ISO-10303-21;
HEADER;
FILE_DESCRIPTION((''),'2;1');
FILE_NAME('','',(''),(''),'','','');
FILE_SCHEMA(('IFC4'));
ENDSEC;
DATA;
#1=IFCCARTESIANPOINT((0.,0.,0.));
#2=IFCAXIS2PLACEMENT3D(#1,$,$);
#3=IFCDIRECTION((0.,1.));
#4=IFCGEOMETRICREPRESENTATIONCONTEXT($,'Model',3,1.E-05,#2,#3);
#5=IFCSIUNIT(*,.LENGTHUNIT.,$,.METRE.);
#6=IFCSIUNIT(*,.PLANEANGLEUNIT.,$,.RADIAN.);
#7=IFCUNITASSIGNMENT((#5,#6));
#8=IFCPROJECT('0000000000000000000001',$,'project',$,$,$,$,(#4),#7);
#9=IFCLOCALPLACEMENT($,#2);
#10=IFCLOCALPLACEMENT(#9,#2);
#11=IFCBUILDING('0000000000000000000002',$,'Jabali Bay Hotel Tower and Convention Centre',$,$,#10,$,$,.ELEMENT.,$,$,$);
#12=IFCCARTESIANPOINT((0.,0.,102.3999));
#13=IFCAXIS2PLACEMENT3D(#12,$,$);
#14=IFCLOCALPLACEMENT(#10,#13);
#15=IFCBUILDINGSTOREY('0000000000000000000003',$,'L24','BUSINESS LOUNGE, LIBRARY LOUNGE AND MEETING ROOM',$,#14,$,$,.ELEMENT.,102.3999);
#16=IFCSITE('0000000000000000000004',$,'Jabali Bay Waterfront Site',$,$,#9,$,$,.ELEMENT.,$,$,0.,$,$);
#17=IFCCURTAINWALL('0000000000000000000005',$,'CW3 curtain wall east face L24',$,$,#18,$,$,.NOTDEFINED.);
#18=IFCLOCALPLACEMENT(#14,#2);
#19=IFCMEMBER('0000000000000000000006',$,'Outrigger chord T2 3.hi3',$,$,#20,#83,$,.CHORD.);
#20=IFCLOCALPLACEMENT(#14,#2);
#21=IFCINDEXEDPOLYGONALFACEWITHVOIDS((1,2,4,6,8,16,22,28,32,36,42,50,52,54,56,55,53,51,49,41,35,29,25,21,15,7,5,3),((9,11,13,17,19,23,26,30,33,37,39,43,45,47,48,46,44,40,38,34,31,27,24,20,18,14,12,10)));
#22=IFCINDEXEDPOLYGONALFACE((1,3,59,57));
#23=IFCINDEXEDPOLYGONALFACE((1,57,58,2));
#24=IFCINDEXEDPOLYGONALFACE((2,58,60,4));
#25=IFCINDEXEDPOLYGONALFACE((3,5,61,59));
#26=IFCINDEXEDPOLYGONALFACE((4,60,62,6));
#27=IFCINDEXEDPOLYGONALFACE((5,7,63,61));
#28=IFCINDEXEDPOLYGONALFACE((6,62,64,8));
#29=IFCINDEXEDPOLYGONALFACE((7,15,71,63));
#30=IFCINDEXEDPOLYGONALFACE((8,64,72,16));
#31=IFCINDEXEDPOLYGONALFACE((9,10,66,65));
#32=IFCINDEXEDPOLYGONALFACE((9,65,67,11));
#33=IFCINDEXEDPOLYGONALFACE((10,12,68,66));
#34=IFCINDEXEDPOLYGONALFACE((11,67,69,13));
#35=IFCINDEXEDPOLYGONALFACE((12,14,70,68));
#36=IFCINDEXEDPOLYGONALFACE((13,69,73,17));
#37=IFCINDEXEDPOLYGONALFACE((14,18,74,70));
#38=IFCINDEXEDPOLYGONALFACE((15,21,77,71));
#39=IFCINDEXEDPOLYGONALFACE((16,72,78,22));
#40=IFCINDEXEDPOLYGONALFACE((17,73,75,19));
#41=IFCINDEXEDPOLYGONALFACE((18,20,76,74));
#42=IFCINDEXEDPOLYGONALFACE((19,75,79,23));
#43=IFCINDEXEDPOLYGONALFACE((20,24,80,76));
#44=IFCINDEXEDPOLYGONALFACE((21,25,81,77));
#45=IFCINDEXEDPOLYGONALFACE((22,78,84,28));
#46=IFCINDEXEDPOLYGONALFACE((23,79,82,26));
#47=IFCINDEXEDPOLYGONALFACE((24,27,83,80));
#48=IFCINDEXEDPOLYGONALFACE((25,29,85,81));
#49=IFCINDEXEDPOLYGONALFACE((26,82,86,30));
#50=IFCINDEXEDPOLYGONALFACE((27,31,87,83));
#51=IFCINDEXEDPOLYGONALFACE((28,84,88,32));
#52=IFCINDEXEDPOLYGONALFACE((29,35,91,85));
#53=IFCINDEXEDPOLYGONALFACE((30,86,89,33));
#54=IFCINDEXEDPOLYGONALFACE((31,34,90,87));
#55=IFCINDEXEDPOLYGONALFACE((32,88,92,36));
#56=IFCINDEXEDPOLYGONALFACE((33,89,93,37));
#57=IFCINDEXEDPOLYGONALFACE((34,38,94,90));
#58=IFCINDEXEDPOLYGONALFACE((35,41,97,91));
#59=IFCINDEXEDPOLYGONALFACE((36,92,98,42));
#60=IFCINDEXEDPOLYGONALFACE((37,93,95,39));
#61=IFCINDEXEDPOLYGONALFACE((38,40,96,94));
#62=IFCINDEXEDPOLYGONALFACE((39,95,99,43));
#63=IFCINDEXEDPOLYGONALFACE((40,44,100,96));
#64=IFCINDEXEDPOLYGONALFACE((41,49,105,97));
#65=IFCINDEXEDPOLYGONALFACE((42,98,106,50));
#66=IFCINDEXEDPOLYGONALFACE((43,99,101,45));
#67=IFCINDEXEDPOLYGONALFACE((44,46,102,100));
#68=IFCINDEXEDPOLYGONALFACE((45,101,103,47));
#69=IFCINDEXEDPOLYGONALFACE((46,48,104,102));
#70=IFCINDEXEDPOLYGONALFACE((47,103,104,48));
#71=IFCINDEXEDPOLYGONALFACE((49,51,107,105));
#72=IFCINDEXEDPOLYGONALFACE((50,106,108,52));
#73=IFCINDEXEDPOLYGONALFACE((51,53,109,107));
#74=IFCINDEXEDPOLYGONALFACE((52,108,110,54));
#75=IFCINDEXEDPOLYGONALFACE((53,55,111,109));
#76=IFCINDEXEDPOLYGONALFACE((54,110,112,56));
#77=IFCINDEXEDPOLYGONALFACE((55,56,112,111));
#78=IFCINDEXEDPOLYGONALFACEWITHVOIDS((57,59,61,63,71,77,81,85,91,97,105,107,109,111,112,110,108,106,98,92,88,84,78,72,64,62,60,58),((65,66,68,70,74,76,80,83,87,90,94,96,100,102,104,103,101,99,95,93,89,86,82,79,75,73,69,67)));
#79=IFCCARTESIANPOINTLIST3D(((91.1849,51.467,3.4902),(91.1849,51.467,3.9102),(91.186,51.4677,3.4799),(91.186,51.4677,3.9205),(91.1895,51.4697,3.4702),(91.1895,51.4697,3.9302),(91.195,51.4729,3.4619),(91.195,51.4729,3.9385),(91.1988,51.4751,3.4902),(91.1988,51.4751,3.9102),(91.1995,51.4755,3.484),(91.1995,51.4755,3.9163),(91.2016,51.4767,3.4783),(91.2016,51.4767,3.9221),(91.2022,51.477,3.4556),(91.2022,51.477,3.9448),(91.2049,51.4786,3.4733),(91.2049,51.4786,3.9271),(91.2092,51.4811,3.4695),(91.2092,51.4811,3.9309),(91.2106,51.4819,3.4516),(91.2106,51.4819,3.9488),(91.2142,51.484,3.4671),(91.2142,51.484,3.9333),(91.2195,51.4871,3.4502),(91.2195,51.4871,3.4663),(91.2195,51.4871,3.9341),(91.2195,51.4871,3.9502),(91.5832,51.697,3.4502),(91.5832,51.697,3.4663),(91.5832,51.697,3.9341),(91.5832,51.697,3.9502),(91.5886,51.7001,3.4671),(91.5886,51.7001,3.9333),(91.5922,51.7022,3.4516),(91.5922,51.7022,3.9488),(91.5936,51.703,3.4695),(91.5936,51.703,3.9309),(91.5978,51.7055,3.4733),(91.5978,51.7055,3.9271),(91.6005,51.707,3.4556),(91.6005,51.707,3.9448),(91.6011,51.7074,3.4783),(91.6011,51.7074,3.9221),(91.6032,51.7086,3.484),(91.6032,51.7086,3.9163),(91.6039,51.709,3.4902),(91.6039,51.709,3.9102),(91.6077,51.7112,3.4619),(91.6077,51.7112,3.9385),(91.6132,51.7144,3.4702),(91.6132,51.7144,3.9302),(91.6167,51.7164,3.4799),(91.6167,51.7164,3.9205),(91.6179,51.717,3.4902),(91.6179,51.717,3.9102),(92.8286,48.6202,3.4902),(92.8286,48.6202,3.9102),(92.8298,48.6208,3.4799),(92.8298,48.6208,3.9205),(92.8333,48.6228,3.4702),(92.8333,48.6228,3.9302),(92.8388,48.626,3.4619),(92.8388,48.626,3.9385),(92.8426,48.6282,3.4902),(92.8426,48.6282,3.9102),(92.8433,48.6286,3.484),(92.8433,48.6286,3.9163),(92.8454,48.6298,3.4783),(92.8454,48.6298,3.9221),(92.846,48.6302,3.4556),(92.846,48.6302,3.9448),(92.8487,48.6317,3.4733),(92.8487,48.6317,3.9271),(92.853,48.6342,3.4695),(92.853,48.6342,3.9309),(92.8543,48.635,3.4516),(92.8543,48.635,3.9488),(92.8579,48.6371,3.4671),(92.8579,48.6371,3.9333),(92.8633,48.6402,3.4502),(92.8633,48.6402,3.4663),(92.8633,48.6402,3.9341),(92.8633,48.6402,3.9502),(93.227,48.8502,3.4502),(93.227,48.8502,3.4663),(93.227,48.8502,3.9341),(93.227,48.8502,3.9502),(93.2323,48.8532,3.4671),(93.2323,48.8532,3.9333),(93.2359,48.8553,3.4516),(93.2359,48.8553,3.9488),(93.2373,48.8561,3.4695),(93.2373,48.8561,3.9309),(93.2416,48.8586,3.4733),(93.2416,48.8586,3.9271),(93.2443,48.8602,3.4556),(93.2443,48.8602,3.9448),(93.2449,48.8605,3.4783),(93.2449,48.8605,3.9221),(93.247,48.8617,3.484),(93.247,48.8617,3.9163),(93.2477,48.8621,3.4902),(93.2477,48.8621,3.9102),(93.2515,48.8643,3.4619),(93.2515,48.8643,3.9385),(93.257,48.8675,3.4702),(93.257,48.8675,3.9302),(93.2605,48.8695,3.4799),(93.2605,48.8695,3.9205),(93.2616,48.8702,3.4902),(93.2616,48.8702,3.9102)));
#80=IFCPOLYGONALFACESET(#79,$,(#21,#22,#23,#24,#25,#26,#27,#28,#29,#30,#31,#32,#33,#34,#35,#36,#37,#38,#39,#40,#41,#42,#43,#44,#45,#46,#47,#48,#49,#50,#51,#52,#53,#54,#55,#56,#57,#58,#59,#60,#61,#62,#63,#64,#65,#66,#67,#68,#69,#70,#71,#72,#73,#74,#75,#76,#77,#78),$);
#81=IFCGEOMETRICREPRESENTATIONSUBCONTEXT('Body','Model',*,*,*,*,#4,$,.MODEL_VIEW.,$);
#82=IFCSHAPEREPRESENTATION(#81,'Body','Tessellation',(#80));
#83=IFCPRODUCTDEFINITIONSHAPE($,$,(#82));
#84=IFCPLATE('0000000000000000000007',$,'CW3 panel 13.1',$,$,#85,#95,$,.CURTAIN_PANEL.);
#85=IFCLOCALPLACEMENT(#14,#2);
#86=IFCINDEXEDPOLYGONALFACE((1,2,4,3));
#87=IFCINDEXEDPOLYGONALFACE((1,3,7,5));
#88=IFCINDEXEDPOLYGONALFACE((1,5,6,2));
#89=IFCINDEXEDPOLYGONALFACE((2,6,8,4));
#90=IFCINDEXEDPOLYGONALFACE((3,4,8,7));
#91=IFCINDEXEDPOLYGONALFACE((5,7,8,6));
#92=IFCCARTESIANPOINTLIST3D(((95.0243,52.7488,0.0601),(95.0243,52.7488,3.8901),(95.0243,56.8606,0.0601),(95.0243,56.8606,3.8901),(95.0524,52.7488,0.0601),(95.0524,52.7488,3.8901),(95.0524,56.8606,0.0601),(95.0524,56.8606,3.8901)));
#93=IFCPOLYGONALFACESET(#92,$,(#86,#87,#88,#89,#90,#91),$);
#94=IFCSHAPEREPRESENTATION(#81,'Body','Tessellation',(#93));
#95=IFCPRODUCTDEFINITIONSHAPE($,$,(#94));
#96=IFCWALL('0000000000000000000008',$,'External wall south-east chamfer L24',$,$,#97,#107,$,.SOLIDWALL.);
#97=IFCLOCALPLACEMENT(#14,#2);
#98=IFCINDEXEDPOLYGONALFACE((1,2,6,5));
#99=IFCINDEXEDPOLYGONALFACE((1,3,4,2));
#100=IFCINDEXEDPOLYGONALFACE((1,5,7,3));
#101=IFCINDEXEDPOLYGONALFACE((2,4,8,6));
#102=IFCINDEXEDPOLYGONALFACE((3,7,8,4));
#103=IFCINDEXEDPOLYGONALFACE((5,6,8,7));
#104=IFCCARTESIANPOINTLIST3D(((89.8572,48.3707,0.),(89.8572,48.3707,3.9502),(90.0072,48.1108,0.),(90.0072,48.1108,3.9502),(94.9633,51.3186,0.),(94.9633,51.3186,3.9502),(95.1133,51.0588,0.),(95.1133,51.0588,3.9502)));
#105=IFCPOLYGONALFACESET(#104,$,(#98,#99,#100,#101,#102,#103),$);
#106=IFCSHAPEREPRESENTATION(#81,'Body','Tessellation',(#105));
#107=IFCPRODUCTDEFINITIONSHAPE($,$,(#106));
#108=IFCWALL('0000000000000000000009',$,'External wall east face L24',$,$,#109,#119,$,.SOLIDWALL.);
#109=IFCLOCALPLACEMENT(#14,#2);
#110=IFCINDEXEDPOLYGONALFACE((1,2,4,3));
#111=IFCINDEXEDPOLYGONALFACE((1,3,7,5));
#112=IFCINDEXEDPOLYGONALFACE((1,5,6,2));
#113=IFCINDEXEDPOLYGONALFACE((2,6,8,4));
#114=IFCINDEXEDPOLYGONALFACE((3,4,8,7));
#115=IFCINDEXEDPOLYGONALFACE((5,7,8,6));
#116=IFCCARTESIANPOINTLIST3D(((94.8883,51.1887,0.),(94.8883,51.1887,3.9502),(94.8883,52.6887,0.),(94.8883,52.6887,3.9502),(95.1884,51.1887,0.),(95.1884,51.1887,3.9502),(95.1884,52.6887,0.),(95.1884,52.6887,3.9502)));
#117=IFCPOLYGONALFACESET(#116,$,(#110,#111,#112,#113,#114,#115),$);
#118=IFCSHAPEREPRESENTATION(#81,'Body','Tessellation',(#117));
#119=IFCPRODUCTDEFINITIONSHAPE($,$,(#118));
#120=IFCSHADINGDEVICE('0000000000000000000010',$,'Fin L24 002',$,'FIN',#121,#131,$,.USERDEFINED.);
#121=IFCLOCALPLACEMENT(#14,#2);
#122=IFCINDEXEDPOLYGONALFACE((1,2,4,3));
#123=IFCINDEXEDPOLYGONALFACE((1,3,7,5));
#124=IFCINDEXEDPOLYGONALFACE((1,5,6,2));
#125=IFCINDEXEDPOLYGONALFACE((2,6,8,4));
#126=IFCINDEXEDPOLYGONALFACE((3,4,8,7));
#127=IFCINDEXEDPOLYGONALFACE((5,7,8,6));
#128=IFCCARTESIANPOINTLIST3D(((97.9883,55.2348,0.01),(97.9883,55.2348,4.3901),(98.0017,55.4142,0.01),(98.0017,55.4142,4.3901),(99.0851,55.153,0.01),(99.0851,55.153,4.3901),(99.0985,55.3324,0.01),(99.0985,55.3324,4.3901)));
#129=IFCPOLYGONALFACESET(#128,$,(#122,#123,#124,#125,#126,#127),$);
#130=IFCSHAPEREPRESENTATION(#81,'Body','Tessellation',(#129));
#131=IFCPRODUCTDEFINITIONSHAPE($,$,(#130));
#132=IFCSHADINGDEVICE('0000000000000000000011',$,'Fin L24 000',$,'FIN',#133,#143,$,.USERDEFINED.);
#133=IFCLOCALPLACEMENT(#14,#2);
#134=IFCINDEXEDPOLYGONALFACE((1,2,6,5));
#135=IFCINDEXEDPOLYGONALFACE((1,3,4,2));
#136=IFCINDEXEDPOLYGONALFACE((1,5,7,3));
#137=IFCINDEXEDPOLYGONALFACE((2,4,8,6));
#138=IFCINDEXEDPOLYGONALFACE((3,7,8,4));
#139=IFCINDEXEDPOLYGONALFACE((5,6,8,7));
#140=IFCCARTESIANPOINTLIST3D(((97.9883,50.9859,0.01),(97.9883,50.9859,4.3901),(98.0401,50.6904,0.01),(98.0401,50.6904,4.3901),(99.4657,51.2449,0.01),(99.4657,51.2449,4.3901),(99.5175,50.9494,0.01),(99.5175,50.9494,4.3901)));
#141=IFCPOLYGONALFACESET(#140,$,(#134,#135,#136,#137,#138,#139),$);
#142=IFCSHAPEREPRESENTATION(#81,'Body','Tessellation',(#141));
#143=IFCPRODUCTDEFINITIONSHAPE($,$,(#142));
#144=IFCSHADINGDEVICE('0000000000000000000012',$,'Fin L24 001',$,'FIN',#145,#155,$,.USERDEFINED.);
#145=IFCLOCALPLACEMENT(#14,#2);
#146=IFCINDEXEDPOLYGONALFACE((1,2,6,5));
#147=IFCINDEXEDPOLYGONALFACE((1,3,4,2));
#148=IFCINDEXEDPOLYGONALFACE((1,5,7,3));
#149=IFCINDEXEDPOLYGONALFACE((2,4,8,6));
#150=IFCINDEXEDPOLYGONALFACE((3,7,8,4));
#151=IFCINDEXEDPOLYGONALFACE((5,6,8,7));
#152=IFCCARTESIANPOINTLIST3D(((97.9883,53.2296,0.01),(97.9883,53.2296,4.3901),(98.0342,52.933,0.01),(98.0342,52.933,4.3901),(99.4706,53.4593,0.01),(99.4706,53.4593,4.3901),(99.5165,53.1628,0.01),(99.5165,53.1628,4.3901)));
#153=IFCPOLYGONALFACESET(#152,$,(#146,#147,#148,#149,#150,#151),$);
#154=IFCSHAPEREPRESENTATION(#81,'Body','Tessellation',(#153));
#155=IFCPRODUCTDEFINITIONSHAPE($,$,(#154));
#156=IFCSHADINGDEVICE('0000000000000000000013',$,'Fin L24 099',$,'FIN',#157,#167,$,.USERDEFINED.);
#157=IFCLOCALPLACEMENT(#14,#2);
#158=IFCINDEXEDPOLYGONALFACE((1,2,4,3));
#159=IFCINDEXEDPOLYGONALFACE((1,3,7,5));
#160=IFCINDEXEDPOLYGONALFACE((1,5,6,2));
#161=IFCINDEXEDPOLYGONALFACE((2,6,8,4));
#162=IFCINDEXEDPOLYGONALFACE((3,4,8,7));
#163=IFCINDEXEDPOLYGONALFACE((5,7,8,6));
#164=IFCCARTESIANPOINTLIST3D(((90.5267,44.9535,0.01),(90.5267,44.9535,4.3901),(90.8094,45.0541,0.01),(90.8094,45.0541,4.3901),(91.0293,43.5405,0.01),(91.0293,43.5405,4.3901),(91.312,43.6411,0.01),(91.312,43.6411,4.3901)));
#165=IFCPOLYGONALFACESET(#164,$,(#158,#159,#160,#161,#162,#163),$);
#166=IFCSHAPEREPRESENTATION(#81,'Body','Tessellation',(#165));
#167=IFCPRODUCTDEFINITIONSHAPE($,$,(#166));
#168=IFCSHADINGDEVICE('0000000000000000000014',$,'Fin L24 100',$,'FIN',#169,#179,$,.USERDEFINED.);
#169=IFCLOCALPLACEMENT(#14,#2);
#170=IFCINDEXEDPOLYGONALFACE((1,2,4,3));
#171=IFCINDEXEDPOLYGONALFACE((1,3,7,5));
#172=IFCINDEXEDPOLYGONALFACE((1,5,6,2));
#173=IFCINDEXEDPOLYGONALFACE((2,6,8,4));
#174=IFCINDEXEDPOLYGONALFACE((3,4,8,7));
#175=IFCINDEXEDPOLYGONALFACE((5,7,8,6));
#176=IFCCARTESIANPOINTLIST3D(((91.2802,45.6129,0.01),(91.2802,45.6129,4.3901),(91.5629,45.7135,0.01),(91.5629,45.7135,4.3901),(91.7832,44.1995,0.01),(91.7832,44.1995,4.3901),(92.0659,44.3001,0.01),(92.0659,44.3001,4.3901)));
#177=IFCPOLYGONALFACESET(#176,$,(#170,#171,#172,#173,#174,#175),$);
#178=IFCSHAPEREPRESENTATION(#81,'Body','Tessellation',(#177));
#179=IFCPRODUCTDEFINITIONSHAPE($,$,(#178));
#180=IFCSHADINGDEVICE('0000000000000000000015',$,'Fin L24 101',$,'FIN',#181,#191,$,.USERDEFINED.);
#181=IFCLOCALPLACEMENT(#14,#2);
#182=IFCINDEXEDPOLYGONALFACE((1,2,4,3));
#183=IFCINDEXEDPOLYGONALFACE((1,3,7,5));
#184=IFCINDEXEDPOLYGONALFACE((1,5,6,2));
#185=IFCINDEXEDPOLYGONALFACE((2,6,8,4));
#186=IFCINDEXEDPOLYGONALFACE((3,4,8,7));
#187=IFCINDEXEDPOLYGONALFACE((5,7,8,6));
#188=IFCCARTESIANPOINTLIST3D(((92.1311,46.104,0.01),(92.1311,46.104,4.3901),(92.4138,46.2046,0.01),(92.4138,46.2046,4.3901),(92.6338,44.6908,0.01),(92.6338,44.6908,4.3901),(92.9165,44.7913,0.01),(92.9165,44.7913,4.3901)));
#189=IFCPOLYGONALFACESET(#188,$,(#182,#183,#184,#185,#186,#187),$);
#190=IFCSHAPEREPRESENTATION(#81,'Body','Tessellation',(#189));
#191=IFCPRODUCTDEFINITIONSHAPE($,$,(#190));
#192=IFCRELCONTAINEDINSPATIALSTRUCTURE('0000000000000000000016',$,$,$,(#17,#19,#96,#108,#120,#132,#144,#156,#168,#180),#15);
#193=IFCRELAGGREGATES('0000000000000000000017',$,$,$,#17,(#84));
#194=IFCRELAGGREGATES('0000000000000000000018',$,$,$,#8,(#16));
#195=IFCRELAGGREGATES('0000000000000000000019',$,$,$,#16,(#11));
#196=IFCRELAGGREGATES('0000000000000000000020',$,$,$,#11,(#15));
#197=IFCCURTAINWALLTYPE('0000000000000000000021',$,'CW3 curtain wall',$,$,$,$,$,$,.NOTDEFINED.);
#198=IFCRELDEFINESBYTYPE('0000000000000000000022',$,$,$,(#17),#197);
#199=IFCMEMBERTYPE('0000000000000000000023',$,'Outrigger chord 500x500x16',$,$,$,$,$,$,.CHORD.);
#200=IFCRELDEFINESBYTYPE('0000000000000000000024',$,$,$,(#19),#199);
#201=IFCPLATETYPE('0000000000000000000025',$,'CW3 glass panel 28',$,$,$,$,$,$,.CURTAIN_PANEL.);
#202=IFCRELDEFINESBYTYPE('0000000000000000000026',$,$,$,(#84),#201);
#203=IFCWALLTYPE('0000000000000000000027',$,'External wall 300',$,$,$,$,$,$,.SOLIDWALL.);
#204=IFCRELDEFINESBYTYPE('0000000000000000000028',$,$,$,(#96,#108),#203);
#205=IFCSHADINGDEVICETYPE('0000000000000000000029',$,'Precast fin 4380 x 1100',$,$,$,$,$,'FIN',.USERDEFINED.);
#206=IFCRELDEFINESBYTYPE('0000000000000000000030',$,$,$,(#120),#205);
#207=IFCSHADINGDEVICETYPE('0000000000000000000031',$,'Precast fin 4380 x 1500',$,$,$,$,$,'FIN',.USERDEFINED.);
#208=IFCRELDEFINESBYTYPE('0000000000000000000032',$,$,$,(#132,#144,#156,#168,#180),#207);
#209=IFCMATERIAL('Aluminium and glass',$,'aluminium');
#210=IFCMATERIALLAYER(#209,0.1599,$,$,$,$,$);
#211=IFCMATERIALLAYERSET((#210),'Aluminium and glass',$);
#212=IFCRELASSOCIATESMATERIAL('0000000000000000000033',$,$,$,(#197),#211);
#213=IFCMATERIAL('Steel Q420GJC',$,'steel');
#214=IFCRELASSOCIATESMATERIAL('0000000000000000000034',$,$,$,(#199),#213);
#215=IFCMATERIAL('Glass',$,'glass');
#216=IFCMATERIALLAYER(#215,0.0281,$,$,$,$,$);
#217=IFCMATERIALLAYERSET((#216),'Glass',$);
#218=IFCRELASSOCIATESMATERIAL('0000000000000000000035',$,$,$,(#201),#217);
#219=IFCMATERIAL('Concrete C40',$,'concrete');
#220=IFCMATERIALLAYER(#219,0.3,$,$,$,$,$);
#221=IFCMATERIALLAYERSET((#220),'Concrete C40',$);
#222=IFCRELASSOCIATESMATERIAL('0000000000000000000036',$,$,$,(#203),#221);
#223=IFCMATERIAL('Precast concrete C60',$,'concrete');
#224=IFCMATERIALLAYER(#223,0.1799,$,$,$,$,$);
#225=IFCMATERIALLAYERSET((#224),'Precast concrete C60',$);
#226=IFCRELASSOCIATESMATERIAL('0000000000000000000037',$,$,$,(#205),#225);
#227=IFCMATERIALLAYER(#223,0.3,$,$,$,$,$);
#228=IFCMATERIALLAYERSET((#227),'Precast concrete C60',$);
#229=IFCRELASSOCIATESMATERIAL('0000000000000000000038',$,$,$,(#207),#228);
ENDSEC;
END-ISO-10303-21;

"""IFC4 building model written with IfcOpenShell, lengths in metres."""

from ifc_helpers import new_model, si_unit, direction, frame, frame_2d, origin, origin_2d, place, context, subcontext, project, spatial, rectangle, hollow_rectangle, extrude, material, layer, layer_set, material_profile, profile_set, type_object, element, aggregate, save


model = new_model("IFC4")

# Units and contexts
model_context = context("Model", 3, precision=1e-05, world=origin(), true_north=direction((0.0, 1.0)))
body_context = subcontext(model_context, "Body", "Model", "MODEL_VIEW")
ifc_project = project(units=[si_unit("LENGTHUNIT", "METRE"), si_unit("PLANEANGLEUNIT", "RADIAN")], contexts=[model_context])

# Site, building, storey
site_placement = place(None, origin())
site = spatial("IfcSite", under=ifc_project, at=site_placement, Name="Jabali Bay Waterfront Site", CompositionType="ELEMENT", RefElevation=0.0)
building_placement = place(site_placement, origin())
building = spatial("IfcBuilding", under=site, at=building_placement, Name="Jabali Bay Hotel Tower and Convention Centre", CompositionType="ELEMENT")
storey_placement = place(building_placement, frame((0.0, 0.0, 102.3999)))
storey = spatial("IfcBuildingStorey", under=building, at=storey_placement, Name="L24", Description="BUSINESS LOUNGE, LIBRARY LOUNGE AND MEETING ROOM", CompositionType="ELEMENT", Elevation=102.3999)

# Shared definitions
ifc_material_1 = material(Name="Steel Q420GJC", Category="steel")

# Curtain wall
ifc_material_2 = material(Name="Aluminium and glass", Category="aluminium")
ifc_layer_1 = layer(ifc_material_2, 0.1599)
ifc_layer_set_1 = layer_set([ifc_layer_1], Name="Aluminium and glass")
curtain_wall_type = type_object("IfcCurtainWallType", Name="CW3 curtain wall", PredefinedType="NOTDEFINED", material=ifc_layer_set_1)
curtain_wall_placement = place(storey_placement, origin())
curtain_wall = element("IfcCurtainWall", 1, at=curtain_wall_placement, inside=storey, type_object=curtain_wall_type, Name="CW3 curtain wall east face L24", PredefinedType="NOTDEFINED")

# Member
ifc_material_profile_1 = material_profile(ifc_material_1, hollow_rectangle(XDim=0.5, YDim=0.5, WallThickness=0.0161, InnerFilletRadius=0.0239, OuterFilletRadius=0.04, at=origin_2d()), Name="Outrigger chord 500x500x16")
ifc_profile_set_1 = profile_set([ifc_material_profile_1], Name="Steel Q420GJC")
member_type_1 = type_object("IfcMemberType", Name="Outrigger chord 500x500x16", PredefinedType="CHORD", material=ifc_profile_set_1)
member_1_placement = place(storey_placement, frame((91.4014, 51.592, 3.7002), z_axis=(0.500029, -0.866009, 0.0), x_axis=(0.866009, 0.500029, 0.0)))
element("IfcMember", 2, at=member_1_placement, inside=storey, type_object=member_type_1, Name="Outrigger chord T2 3.hi3", PredefinedType="CHORD", context=body_context, shape_type="SweptSolid", body=[
    extrude(hollow_rectangle(XDim=0.5, YDim=0.5, WallThickness=0.0161, InnerFilletRadius=0.0239, OuterFilletRadius=0.04, at=origin_2d()), origin(), (0.0, 0.0, 1.0), 3.2874),
])

# Plate
ifc_material_3 = material(Name="Glass", Category="glass")
ifc_layer_2 = layer(ifc_material_3, 0.0281)
ifc_layer_set_2 = layer_set([ifc_layer_2], Name="Glass")
plate_type = type_object("IfcPlateType", Name="CW3 glass panel 28", PredefinedType="CURTAIN_PANEL", material=ifc_layer_set_2)
plate_placement = place(storey_placement, frame((95.0383, 54.8047, 0.0601), z_axis=(0.0, 0.0, 1.0), x_axis=(0.0, -1.0, 0.0)))
plate = element("IfcPlate", 3, at=plate_placement, type_object=plate_type, Name="CW3 panel 13.1", PredefinedType="CURTAIN_PANEL", context=body_context, shape_type="SweptSolid", body=[
    extrude(rectangle(XDim=4.1118, YDim=0.0281, at=origin_2d()), origin(), (0.0, 0.0, 1.0), 3.8301),
])
aggregate(curtain_wall, [plate])

# Walls
ifc_material_4 = material(Name="Concrete C40", Category="concrete")
ifc_layer_3 = layer(ifc_material_4, 0.3)
ifc_layer_set_3 = layer_set([ifc_layer_3], Name="Concrete C40")
wall_type = type_object("IfcWallType", Name="External wall 300", PredefinedType="SOLIDWALL", material=ifc_layer_set_3)
wall_1_placement = place(storey_placement, frame((95.0383, 51.1887, 0.0), z_axis=(0.0, 0.0, 1.0), x_axis=(-0.86603, -0.499991, 0.0)))
element("IfcWall", 4, at=wall_1_placement, inside=storey, type_object=wall_type, Name="External wall south-east chamfer L24", PredefinedType="SOLIDWALL", context=body_context, shape_type="SweptSolid", body=[
    extrude(rectangle(XDim=5.896, YDim=0.3, at=frame_2d((2.948, 0.0))), origin(), (0.0, 0.0, 1.0), 3.9502),
])
wall_2_placement = place(storey_placement, frame((95.0383, 52.6887, 0.0), z_axis=(0.0, 0.0, 1.0), x_axis=(0.0, -1.0, 0.0)))
element("IfcWall", 5, at=wall_2_placement, inside=storey, type_object=wall_type, Name="External wall east face L24", PredefinedType="SOLIDWALL", context=body_context, shape_type="SweptSolid", body=[
    extrude(rectangle(XDim=1.5, YDim=0.3, at=frame_2d((0.75, 0.0))), origin(), (0.0, 0.0, 1.0), 3.9502),
])

# Shading devices
ifc_material_5 = material(Name="Precast concrete C60", Category="concrete")
ifc_layer_4 = layer(ifc_material_5, 0.1799)
ifc_layer_set_4 = layer_set([ifc_layer_4], Name="Precast concrete C60")
shading_device_type_1 = type_object("IfcShadingDeviceType", Name="Precast fin 4380 x 1100", ElementType="FIN", PredefinedType="USERDEFINED", material=ifc_layer_set_4)
shading_device_1_placement = place(storey_placement, frame((97.9951, 55.3245, 0.01), z_axis=(0.0, 0.0, 1.0), x_axis=(0.997232, -0.074354, 0.0)))
element("IfcShadingDevice", 6, at=shading_device_1_placement, inside=storey, type_object=shading_device_type_1, Name="Fin L24 002", ObjectType="FIN", PredefinedType="USERDEFINED", context=body_context, shape_type="SweptSolid", body=[
    extrude(rectangle(XDim=1.0999, YDim=0.1799, at=frame_2d((0.5498, 0.0))), origin(), (0.0, 0.0, 1.0), 4.3801),
])
ifc_layer_5 = layer(ifc_material_5, 0.3)
ifc_layer_set_5 = layer_set([ifc_layer_5], Name="Precast concrete C60")
shading_device_type_2 = type_object("IfcShadingDeviceType", Name="Precast fin 4380 x 1500", ElementType="FIN", PredefinedType="USERDEFINED", material=ifc_layer_set_5)
for number, where, z_axis, x_axis, name in (
    (7, (98.0142, 50.8381, 0.01), (0.0, 0.0, 1.0), (0.984978, 0.17268, 0.0), "Fin L24 000"),
    (8, (98.0112, 53.0813, 0.01), (0.0, 0.0, 1.0), (0.988204, 0.153146, 0.0), "Fin L24 001"),
):
    element("IfcShadingDevice", number, at=place(storey_placement, frame(where, z_axis=z_axis, x_axis=x_axis)), inside=storey, type_object=shading_device_type_2, Name=name, ObjectType="FIN", PredefinedType="USERDEFINED", context=body_context, shape_type="SweptSolid", body=[
        extrude(rectangle(XDim=1.5, YDim=0.3, at=frame_2d((0.75, 0.0))), origin(), (0.0, 0.0, 1.0), 4.3801),
    ])
shading_device_2_placement = place(storey_placement, frame((90.668, 45.0039, 0.01), z_axis=(0.0, 0.0, 1.0), x_axis=(0.335161, -0.942161, 0.0)))
element("IfcShadingDevice", 9, at=shading_device_2_placement, inside=storey, type_object=shading_device_type_2, Name="Fin L24 099", ObjectType="FIN", PredefinedType="USERDEFINED", context=body_context, shape_type="SweptSolid", body=[
    extrude(rectangle(XDim=1.4998, YDim=0.3, at=frame_2d((0.75, 0.0))), origin(), (0.0, 0.0, 1.0), 4.3801),
])
shading_device_3_placement = place(storey_placement, frame((91.4216, 45.6631, 0.01), z_axis=(0.0, 0.0, 1.0), x_axis=(0.335254, -0.942128, 0.0)))
element("IfcShadingDevice", 10, at=shading_device_3_placement, inside=storey, type_object=shading_device_type_2, Name="Fin L24 100", ObjectType="FIN", PredefinedType="USERDEFINED", context=body_context, shape_type="SweptSolid", body=[
    extrude(rectangle(XDim=1.5002, YDim=0.3, at=frame_2d((0.75, 0.0))), origin(), (0.0, 0.0, 1.0), 4.3801),
])
for number, where, z_axis, x_axis, name in (
    (11, (92.2725, 46.1543, 0.01), (0.0, 0.0, 1.0), (0.335109, -0.942179, 0.0), "Fin L24 101"),
):
    element("IfcShadingDevice", number, at=place(storey_placement, frame(where, z_axis=z_axis, x_axis=x_axis)), inside=storey, type_object=shading_device_type_2, Name=name, ObjectType="FIN", PredefinedType="USERDEFINED", context=body_context, shape_type="SweptSolid", body=[
        extrude(rectangle(XDim=1.5, YDim=0.3, at=frame_2d((0.75, 0.0))), origin(), (0.0, 0.0, 1.0), 4.3801),
    ])

save(model, "model.ifc")
